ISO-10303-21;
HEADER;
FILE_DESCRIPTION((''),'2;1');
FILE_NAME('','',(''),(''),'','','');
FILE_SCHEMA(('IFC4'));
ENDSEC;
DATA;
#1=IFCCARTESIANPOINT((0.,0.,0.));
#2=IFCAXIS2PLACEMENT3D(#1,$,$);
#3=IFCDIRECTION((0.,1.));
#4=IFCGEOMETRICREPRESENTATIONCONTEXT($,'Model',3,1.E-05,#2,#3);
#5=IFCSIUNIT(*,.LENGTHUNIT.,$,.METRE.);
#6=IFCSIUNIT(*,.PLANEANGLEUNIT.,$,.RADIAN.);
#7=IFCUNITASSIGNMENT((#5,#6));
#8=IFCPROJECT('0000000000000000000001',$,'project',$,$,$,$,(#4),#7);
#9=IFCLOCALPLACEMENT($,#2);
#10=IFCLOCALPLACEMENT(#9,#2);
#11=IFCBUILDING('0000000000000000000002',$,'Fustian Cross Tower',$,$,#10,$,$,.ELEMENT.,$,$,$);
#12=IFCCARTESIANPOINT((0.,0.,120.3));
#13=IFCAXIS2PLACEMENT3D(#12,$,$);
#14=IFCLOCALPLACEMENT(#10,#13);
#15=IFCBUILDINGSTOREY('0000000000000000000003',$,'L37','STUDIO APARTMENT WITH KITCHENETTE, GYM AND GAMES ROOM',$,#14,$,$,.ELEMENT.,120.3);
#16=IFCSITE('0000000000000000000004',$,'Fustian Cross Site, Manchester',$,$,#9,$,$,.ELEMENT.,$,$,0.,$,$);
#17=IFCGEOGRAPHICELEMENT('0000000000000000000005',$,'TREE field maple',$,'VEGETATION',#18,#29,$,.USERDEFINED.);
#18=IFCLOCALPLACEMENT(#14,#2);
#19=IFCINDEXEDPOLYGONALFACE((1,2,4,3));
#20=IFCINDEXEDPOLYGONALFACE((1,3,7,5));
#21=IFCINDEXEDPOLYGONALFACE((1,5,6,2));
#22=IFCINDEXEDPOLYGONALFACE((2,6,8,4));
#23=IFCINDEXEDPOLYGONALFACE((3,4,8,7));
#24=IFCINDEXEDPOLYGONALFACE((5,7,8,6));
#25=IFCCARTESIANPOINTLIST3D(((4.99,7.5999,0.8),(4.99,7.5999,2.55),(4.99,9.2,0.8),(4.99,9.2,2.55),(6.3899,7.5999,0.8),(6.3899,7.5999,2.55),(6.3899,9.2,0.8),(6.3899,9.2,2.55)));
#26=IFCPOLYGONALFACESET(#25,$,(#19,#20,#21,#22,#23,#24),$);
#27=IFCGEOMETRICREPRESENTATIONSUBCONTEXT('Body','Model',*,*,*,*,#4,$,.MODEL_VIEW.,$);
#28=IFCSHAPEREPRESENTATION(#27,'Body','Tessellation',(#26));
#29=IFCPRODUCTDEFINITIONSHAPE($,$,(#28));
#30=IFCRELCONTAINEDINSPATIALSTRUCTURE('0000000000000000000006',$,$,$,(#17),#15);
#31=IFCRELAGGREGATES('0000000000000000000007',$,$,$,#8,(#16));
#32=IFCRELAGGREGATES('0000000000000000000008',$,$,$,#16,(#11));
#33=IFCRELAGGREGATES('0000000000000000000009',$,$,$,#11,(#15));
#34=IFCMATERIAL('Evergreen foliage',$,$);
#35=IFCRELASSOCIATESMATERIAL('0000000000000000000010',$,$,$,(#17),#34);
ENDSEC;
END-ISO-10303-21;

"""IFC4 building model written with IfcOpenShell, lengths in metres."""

from ifc_helpers import new_model, si_unit, direction, frame, origin, origin_2d, place, context, subcontext, project, spatial, rectangle, extrude, material, element, save


model = new_model("IFC4")

# Units and contexts
model_context = context("Model", 3, precision=1e-05, world=origin(), true_north=direction((0.0, 1.0)))
body_context = subcontext(model_context, "Body", "Model", "MODEL_VIEW")
ifc_project = project(units=[si_unit("LENGTHUNIT", "METRE"), si_unit("PLANEANGLEUNIT", "RADIAN")], contexts=[model_context])

# Site, building, storey
site_placement = place(None, origin())
site = spatial("IfcSite", under=ifc_project, at=site_placement, Name="Fustian Cross Site, Manchester", CompositionType="ELEMENT", RefElevation=0.0)
building_placement = place(site_placement, origin())
building = spatial("IfcBuilding", under=site, at=building_placement, Name="Fustian Cross Tower", CompositionType="ELEMENT")
storey_placement = place(building_placement, frame((0.0, 0.0, 120.3)))
storey = spatial("IfcBuildingStorey", under=building, at=storey_placement, Name="L37", Description="STUDIO APARTMENT WITH KITCHENETTE, GYM AND GAMES ROOM", CompositionType="ELEMENT", Elevation=120.3)

# Geographic element
ifc_material_1 = material(Name="Evergreen foliage")
geographic_element_placement = place(storey_placement, frame((5.6899, 8.3999, 0.8), z_axis=(0.0, 0.0, 1.0), x_axis=(1.0, 0.0, 0.0)))
element("IfcGeographicElement", 1, at=geographic_element_placement, inside=storey, material=ifc_material_1, Name="TREE field maple", ObjectType="VEGETATION", PredefinedType="USERDEFINED", context=body_context, shape_type="SweptSolid", body=[
    extrude(rectangle(XDim=1.3999, YDim=1.6001, at=origin_2d()), origin(), (0.0, 0.0, 1.0), 1.75),
])

save(model, "model.ifc")
